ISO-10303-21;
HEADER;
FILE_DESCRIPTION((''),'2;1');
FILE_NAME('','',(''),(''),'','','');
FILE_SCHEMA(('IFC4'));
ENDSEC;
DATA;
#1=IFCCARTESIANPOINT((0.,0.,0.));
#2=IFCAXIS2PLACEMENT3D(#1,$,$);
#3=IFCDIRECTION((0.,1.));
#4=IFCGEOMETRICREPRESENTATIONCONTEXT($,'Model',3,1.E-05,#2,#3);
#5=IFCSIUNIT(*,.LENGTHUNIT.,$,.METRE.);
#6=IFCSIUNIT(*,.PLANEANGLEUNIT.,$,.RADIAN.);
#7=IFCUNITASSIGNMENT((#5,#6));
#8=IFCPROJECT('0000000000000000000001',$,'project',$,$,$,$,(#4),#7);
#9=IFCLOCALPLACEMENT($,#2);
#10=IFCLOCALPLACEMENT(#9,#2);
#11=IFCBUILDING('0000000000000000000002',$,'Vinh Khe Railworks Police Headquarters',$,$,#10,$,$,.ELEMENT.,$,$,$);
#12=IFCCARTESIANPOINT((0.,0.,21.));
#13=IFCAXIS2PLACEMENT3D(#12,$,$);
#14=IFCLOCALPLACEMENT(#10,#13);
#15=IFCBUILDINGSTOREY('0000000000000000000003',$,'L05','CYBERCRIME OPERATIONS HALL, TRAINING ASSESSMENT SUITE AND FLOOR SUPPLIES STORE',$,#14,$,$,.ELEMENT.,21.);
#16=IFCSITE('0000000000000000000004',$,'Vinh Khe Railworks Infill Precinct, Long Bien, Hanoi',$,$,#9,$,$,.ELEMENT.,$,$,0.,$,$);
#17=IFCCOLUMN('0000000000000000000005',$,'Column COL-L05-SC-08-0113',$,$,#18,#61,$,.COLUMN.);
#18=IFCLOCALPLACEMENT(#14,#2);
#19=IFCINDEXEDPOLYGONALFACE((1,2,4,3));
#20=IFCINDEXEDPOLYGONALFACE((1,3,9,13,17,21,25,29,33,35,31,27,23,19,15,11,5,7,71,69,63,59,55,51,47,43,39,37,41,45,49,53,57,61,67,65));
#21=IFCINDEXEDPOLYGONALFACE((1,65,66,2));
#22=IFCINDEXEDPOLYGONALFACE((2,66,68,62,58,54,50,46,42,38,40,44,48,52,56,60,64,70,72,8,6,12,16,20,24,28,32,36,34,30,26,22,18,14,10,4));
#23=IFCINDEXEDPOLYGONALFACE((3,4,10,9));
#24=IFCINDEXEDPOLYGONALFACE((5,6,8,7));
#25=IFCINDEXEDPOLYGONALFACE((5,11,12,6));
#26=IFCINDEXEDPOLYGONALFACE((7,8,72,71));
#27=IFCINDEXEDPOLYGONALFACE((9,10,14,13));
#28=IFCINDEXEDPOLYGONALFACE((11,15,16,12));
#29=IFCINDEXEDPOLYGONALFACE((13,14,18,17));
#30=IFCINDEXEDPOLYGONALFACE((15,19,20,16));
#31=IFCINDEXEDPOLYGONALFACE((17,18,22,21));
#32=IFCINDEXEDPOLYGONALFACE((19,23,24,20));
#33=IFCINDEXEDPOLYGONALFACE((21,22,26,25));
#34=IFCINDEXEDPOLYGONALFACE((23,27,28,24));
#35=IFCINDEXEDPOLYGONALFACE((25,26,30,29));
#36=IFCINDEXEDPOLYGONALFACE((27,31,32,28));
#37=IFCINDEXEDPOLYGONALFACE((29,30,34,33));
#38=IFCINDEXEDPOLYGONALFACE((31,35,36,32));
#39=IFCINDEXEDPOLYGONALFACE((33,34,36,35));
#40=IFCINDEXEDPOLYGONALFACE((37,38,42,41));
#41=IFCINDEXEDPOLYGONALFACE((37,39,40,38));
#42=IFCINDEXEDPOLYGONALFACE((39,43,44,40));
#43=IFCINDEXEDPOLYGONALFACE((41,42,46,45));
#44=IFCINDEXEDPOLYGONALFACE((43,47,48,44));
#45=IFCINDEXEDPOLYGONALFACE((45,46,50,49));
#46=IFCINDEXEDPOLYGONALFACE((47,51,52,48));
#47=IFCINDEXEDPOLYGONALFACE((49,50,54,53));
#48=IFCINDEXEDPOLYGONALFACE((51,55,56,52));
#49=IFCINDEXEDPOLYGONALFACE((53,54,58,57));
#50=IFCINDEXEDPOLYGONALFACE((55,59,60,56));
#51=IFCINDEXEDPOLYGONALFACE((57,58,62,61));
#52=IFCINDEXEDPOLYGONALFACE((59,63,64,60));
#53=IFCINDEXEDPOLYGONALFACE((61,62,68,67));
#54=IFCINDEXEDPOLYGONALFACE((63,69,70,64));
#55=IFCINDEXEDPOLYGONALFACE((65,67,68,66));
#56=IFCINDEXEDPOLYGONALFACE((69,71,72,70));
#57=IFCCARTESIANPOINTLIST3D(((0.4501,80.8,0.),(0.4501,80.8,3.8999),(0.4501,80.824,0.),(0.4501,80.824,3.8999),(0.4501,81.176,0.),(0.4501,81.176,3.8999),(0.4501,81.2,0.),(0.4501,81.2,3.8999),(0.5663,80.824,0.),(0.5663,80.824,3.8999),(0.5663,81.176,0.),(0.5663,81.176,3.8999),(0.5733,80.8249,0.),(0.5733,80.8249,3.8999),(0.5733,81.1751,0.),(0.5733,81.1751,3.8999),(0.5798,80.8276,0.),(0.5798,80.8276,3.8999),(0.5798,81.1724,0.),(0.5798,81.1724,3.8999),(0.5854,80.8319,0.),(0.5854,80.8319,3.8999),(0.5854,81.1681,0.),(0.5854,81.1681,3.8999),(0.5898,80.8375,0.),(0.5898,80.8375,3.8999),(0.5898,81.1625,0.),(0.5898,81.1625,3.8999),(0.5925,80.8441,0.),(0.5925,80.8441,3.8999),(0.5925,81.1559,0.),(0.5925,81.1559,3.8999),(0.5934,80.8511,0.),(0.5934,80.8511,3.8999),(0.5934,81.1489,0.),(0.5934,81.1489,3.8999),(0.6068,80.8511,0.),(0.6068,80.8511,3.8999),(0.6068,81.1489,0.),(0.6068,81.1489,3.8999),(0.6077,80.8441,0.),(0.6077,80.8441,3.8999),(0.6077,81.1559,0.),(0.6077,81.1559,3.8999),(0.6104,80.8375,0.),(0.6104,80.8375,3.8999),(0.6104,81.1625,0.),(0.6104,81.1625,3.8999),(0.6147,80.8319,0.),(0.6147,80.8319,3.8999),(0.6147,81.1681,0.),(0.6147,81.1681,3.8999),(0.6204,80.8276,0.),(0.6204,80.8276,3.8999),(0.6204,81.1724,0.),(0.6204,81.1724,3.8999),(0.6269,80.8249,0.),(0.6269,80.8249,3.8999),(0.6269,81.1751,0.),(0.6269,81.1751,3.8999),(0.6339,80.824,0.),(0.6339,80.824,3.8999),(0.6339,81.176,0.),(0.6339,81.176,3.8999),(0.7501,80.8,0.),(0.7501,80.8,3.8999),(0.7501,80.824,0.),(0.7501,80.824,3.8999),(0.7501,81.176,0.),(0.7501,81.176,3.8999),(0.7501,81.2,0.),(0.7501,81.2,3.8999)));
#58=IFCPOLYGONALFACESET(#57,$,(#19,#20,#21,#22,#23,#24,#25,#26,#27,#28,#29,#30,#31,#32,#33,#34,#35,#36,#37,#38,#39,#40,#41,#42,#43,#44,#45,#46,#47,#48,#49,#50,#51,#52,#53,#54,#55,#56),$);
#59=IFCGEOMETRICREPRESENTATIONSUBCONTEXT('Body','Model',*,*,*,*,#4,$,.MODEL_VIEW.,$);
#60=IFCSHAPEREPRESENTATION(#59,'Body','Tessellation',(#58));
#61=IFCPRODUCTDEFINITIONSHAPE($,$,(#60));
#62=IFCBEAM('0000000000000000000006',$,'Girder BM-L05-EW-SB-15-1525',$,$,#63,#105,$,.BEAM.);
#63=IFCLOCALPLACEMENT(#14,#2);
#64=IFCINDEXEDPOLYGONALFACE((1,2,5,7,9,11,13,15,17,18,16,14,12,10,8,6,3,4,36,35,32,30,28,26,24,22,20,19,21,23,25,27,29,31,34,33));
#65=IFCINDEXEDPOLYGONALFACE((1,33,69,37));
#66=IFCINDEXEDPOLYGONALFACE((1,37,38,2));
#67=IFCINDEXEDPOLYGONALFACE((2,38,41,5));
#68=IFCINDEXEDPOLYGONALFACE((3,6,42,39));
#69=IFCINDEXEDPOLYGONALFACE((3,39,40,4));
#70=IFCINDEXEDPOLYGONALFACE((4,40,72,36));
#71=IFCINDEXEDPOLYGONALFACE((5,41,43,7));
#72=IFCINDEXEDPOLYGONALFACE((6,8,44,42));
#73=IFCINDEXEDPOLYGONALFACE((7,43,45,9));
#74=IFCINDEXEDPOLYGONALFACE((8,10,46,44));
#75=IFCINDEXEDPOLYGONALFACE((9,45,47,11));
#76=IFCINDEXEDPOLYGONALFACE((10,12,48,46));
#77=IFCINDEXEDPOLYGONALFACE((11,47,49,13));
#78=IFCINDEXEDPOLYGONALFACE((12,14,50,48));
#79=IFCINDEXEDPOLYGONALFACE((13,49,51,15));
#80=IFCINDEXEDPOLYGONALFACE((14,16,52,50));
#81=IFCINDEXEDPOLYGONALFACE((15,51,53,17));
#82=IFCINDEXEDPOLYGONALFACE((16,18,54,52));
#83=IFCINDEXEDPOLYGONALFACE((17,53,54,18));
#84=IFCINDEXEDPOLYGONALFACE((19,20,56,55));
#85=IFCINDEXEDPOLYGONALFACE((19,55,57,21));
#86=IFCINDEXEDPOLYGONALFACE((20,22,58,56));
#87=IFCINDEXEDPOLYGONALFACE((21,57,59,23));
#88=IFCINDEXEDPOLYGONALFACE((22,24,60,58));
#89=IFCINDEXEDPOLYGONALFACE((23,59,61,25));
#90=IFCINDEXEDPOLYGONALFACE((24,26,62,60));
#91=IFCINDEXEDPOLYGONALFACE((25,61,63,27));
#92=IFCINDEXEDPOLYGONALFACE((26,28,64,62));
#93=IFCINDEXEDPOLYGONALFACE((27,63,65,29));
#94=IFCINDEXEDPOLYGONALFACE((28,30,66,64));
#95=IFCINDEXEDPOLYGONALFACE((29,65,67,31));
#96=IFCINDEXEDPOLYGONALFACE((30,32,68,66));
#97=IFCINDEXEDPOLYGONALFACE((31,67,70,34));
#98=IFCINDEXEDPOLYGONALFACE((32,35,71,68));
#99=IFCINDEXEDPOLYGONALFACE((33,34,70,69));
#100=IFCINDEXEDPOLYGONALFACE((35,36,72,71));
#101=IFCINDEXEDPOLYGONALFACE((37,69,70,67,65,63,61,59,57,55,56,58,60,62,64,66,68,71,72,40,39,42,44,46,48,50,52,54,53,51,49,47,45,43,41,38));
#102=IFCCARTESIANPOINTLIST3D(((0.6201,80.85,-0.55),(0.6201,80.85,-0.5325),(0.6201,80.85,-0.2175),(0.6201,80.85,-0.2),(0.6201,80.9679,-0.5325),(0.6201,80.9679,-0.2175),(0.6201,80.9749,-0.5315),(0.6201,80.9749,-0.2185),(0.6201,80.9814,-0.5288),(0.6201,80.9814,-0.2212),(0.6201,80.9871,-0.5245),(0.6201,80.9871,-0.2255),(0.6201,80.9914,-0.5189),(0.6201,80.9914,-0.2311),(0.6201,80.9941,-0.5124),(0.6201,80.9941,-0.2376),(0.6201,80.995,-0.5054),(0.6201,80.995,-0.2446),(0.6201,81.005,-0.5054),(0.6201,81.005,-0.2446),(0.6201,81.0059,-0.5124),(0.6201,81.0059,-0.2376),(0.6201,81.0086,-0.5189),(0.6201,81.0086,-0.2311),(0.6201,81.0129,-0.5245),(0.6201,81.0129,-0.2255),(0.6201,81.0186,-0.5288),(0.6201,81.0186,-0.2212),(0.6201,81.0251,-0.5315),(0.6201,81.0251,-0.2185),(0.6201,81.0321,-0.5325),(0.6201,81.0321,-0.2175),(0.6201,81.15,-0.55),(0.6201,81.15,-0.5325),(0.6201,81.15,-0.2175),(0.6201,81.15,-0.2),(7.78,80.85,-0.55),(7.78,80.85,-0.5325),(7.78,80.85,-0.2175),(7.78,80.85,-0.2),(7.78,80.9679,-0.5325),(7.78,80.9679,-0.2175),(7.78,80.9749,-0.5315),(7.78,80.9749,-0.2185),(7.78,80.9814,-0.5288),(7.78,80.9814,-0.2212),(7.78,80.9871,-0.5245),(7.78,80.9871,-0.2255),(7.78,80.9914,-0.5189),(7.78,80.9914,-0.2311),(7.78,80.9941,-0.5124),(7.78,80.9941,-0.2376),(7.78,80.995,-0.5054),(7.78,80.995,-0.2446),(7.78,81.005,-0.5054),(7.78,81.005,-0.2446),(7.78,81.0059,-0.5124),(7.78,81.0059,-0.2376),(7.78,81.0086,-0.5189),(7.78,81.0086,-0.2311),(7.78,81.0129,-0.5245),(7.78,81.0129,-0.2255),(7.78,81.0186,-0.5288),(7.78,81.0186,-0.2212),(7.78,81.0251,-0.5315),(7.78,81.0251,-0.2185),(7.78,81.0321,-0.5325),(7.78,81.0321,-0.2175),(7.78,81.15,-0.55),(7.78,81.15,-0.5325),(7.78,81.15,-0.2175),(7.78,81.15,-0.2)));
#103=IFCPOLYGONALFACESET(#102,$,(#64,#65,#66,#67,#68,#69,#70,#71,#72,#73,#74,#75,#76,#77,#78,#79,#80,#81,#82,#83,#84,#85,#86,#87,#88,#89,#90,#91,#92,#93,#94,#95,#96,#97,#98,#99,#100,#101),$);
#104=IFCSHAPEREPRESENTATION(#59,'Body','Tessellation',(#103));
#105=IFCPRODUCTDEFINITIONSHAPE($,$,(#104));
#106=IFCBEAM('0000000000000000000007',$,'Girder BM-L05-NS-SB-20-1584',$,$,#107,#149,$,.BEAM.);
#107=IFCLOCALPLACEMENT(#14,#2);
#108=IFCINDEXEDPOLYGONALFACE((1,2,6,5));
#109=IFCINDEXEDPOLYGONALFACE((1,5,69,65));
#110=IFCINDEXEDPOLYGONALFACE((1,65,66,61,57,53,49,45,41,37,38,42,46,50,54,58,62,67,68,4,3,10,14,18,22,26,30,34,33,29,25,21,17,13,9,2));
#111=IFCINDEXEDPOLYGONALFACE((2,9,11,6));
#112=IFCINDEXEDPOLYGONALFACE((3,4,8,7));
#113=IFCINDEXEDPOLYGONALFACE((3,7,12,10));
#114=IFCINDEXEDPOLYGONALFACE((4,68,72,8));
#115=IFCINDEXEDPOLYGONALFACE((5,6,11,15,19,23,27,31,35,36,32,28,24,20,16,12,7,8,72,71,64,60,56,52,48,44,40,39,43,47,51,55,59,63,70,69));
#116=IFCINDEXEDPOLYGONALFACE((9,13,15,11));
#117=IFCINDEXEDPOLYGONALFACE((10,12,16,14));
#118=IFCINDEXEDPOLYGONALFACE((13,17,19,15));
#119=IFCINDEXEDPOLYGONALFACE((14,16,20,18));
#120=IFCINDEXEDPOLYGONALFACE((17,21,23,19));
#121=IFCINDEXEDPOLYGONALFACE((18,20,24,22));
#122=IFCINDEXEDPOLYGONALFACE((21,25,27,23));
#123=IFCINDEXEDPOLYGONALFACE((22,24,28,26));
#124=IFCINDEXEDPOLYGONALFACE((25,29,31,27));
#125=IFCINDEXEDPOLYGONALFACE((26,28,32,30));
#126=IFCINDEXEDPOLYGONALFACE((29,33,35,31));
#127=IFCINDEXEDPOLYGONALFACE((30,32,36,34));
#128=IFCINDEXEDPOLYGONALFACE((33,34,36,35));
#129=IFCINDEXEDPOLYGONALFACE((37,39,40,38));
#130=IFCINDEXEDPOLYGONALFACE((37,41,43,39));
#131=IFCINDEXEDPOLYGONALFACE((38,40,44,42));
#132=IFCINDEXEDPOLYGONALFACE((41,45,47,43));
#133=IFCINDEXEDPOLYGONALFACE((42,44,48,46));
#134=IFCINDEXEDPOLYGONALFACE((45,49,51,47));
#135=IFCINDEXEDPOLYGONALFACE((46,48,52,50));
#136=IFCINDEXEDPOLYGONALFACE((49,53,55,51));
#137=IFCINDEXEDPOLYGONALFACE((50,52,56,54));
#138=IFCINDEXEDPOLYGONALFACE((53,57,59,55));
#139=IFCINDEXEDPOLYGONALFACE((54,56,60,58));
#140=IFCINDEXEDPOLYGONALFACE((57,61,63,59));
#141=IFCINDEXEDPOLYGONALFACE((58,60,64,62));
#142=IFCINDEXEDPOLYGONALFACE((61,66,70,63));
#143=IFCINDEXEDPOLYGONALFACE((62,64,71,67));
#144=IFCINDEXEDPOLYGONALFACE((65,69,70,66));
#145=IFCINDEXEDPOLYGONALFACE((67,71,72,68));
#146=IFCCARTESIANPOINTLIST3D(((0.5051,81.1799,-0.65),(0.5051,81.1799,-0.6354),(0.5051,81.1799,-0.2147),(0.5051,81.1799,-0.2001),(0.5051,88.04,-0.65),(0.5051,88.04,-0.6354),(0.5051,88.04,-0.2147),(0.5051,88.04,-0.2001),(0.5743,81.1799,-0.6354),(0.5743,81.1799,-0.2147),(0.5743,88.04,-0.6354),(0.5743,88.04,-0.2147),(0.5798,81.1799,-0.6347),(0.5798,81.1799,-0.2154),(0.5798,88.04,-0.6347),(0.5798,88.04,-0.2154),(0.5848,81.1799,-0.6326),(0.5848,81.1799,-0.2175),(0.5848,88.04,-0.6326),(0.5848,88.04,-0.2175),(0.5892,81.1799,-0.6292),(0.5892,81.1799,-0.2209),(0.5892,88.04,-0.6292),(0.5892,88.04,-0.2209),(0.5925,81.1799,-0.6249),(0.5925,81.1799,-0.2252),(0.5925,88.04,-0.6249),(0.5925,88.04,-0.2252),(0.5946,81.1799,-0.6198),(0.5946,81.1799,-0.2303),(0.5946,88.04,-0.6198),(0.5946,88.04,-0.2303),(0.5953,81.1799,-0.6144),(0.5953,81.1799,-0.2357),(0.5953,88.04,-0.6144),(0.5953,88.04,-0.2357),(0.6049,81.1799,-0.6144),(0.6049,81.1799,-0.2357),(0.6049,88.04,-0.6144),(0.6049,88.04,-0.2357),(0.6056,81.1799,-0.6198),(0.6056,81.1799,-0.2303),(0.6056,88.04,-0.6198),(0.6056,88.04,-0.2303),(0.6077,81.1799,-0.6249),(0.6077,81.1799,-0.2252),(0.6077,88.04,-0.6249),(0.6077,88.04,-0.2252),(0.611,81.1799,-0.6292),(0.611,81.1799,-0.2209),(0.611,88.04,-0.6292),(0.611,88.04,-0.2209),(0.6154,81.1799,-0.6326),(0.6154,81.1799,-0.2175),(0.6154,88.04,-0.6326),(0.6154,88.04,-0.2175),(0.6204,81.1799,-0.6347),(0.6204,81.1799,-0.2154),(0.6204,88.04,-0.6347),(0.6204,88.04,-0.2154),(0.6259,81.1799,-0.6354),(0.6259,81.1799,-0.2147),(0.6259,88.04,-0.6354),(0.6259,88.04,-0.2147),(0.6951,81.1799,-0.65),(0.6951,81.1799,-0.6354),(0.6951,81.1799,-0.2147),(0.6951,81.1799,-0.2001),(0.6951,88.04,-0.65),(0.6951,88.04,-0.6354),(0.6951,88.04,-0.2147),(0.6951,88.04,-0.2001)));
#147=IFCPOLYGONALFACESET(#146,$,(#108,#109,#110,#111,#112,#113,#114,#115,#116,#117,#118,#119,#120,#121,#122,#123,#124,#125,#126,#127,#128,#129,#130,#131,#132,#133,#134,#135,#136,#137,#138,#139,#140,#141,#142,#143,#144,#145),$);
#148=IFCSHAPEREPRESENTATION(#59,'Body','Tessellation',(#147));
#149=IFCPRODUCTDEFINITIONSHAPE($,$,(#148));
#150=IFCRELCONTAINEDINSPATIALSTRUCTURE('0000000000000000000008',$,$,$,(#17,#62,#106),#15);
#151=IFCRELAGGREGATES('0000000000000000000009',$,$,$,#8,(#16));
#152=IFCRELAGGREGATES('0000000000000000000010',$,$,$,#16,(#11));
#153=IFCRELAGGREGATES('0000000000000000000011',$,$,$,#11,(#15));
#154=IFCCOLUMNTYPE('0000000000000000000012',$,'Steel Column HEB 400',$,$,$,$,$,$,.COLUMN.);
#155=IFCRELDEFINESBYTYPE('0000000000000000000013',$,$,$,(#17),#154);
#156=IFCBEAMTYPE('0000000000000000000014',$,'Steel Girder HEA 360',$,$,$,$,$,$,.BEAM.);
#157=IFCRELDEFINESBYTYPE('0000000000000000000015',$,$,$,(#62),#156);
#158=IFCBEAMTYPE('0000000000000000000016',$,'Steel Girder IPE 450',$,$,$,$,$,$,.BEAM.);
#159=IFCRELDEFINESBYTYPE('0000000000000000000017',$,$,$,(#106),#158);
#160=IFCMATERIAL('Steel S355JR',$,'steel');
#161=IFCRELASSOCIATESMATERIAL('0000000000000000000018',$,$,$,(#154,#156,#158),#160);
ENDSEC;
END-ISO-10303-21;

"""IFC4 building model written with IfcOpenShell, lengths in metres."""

from ifc_helpers import new_model, si_unit, direction, frame, origin, origin_2d, place, context, subcontext, project, spatial, i_section, extrude, material, material_profile, profile_set, type_object, element, save


model = new_model("IFC4")

# Units and contexts
model_context = context("Model", 3, precision=1e-05, world=origin(), true_north=direction((0.0, 1.0)))
body_context = subcontext(model_context, "Body", "Model", "MODEL_VIEW")
ifc_project = project(units=[si_unit("LENGTHUNIT", "METRE"), si_unit("PLANEANGLEUNIT", "RADIAN")], contexts=[model_context])

# Site, building, storey
site_placement = place(None, origin())
site = spatial("IfcSite", under=ifc_project, at=site_placement, Name="Vinh Khe Railworks Infill Precinct, Long Bien, Hanoi", CompositionType="ELEMENT", RefElevation=0.0)
building_placement = place(site_placement, origin())
building = spatial("IfcBuilding", under=site, at=building_placement, Name="Vinh Khe Railworks Police Headquarters", CompositionType="ELEMENT")
storey_placement = place(building_placement, frame((0.0, 0.0, 21.0)))
storey = spatial("IfcBuildingStorey", under=building, at=storey_placement, Name="L05", Description="CYBERCRIME OPERATIONS HALL, TRAINING ASSESSMENT SUITE AND FLOOR SUPPLIES STORE", CompositionType="ELEMENT", Elevation=21.0)

# Column
ifc_material_1 = material(Name="Steel S355JR", Category="steel")
ifc_material_profile_1 = material_profile(ifc_material_1, i_section(OverallWidth=0.3, OverallDepth=0.3999, WebThickness=0.0134, FlangeThickness=0.0239, FilletRadius=0.0271, at=origin_2d()), Name="HEB 400")
ifc_profile_set_1 = profile_set([ifc_material_profile_1], Name="Steel S355JR")
column_type = type_object("IfcColumnType", Name="Steel Column HEB 400", PredefinedType="COLUMN", material=ifc_profile_set_1)
column_placement = place(storey_placement, frame((0.6001, 81.0, 0.0), z_axis=(0.0, 0.0, 1.0), x_axis=(1.0, 0.0, 0.0)))
element("IfcColumn", 1, at=column_placement, inside=storey, type_object=column_type, Name="Column COL-L05-SC-08-0113", PredefinedType="COLUMN", context=body_context, shape_type="SweptSolid", body=[
    extrude(i_section(OverallWidth=0.3, OverallDepth=0.3999, WebThickness=0.0134, FlangeThickness=0.0239, FilletRadius=0.0271, at=origin_2d()), origin(), (0.0, 0.0, 1.0), 3.8999),
])

# Beams
ifc_material_profile_2 = material_profile(ifc_material_1, i_section(OverallWidth=0.3, OverallDepth=0.3501, WebThickness=0.01, FlangeThickness=0.0176, FilletRadius=0.0271, at=origin_2d()), Name="HEA 360")
ifc_profile_set_2 = profile_set([ifc_material_profile_2], Name="Steel S355JR")
beam_type_1 = type_object("IfcBeamType", Name="Steel Girder HEA 360", PredefinedType="BEAM", material=ifc_profile_set_2)
beam_1_placement = place(storey_placement, frame((0.6201, 81.0, -0.375), z_axis=(1.0, 0.0, 0.0), x_axis=(0.0, 1.0, 0.0)))
element("IfcBeam", 2, at=beam_1_placement, inside=storey, type_object=beam_type_1, Name="Girder BM-L05-EW-SB-15-1525", PredefinedType="BEAM", context=body_context, shape_type="SweptSolid", body=[
    extrude(i_section(OverallWidth=0.3, OverallDepth=0.3501, WebThickness=0.01, FlangeThickness=0.0176, FilletRadius=0.0271, at=origin_2d()), origin(), (0.0, 0.0, 1.0), 7.1599),
])
ifc_material_profile_3 = material_profile(ifc_material_1, i_section(OverallWidth=0.1899, OverallDepth=0.45, WebThickness=0.0095, FlangeThickness=0.0146, FilletRadius=0.021, at=origin_2d()), Name="IPE 450")
ifc_profile_set_3 = profile_set([ifc_material_profile_3], Name="Steel S355JR")
beam_type_2 = type_object("IfcBeamType", Name="Steel Girder IPE 450", PredefinedType="BEAM", material=ifc_profile_set_3)
beam_2_placement = place(storey_placement, frame((0.6001, 81.1799, -0.425), z_axis=(0.0, 1.0, 0.0), x_axis=(-1.0, 0.0, 0.0)))
element("IfcBeam", 3, at=beam_2_placement, inside=storey, type_object=beam_type_2, Name="Girder BM-L05-NS-SB-20-1584", PredefinedType="BEAM", context=body_context, shape_type="SweptSolid", body=[
    extrude(i_section(OverallWidth=0.1899, OverallDepth=0.45, WebThickness=0.0095, FlangeThickness=0.0146, FilletRadius=0.021, at=origin_2d()), origin(), (0.0, 0.0, 1.0), 6.8601),
])

save(model, "model.ifc")
